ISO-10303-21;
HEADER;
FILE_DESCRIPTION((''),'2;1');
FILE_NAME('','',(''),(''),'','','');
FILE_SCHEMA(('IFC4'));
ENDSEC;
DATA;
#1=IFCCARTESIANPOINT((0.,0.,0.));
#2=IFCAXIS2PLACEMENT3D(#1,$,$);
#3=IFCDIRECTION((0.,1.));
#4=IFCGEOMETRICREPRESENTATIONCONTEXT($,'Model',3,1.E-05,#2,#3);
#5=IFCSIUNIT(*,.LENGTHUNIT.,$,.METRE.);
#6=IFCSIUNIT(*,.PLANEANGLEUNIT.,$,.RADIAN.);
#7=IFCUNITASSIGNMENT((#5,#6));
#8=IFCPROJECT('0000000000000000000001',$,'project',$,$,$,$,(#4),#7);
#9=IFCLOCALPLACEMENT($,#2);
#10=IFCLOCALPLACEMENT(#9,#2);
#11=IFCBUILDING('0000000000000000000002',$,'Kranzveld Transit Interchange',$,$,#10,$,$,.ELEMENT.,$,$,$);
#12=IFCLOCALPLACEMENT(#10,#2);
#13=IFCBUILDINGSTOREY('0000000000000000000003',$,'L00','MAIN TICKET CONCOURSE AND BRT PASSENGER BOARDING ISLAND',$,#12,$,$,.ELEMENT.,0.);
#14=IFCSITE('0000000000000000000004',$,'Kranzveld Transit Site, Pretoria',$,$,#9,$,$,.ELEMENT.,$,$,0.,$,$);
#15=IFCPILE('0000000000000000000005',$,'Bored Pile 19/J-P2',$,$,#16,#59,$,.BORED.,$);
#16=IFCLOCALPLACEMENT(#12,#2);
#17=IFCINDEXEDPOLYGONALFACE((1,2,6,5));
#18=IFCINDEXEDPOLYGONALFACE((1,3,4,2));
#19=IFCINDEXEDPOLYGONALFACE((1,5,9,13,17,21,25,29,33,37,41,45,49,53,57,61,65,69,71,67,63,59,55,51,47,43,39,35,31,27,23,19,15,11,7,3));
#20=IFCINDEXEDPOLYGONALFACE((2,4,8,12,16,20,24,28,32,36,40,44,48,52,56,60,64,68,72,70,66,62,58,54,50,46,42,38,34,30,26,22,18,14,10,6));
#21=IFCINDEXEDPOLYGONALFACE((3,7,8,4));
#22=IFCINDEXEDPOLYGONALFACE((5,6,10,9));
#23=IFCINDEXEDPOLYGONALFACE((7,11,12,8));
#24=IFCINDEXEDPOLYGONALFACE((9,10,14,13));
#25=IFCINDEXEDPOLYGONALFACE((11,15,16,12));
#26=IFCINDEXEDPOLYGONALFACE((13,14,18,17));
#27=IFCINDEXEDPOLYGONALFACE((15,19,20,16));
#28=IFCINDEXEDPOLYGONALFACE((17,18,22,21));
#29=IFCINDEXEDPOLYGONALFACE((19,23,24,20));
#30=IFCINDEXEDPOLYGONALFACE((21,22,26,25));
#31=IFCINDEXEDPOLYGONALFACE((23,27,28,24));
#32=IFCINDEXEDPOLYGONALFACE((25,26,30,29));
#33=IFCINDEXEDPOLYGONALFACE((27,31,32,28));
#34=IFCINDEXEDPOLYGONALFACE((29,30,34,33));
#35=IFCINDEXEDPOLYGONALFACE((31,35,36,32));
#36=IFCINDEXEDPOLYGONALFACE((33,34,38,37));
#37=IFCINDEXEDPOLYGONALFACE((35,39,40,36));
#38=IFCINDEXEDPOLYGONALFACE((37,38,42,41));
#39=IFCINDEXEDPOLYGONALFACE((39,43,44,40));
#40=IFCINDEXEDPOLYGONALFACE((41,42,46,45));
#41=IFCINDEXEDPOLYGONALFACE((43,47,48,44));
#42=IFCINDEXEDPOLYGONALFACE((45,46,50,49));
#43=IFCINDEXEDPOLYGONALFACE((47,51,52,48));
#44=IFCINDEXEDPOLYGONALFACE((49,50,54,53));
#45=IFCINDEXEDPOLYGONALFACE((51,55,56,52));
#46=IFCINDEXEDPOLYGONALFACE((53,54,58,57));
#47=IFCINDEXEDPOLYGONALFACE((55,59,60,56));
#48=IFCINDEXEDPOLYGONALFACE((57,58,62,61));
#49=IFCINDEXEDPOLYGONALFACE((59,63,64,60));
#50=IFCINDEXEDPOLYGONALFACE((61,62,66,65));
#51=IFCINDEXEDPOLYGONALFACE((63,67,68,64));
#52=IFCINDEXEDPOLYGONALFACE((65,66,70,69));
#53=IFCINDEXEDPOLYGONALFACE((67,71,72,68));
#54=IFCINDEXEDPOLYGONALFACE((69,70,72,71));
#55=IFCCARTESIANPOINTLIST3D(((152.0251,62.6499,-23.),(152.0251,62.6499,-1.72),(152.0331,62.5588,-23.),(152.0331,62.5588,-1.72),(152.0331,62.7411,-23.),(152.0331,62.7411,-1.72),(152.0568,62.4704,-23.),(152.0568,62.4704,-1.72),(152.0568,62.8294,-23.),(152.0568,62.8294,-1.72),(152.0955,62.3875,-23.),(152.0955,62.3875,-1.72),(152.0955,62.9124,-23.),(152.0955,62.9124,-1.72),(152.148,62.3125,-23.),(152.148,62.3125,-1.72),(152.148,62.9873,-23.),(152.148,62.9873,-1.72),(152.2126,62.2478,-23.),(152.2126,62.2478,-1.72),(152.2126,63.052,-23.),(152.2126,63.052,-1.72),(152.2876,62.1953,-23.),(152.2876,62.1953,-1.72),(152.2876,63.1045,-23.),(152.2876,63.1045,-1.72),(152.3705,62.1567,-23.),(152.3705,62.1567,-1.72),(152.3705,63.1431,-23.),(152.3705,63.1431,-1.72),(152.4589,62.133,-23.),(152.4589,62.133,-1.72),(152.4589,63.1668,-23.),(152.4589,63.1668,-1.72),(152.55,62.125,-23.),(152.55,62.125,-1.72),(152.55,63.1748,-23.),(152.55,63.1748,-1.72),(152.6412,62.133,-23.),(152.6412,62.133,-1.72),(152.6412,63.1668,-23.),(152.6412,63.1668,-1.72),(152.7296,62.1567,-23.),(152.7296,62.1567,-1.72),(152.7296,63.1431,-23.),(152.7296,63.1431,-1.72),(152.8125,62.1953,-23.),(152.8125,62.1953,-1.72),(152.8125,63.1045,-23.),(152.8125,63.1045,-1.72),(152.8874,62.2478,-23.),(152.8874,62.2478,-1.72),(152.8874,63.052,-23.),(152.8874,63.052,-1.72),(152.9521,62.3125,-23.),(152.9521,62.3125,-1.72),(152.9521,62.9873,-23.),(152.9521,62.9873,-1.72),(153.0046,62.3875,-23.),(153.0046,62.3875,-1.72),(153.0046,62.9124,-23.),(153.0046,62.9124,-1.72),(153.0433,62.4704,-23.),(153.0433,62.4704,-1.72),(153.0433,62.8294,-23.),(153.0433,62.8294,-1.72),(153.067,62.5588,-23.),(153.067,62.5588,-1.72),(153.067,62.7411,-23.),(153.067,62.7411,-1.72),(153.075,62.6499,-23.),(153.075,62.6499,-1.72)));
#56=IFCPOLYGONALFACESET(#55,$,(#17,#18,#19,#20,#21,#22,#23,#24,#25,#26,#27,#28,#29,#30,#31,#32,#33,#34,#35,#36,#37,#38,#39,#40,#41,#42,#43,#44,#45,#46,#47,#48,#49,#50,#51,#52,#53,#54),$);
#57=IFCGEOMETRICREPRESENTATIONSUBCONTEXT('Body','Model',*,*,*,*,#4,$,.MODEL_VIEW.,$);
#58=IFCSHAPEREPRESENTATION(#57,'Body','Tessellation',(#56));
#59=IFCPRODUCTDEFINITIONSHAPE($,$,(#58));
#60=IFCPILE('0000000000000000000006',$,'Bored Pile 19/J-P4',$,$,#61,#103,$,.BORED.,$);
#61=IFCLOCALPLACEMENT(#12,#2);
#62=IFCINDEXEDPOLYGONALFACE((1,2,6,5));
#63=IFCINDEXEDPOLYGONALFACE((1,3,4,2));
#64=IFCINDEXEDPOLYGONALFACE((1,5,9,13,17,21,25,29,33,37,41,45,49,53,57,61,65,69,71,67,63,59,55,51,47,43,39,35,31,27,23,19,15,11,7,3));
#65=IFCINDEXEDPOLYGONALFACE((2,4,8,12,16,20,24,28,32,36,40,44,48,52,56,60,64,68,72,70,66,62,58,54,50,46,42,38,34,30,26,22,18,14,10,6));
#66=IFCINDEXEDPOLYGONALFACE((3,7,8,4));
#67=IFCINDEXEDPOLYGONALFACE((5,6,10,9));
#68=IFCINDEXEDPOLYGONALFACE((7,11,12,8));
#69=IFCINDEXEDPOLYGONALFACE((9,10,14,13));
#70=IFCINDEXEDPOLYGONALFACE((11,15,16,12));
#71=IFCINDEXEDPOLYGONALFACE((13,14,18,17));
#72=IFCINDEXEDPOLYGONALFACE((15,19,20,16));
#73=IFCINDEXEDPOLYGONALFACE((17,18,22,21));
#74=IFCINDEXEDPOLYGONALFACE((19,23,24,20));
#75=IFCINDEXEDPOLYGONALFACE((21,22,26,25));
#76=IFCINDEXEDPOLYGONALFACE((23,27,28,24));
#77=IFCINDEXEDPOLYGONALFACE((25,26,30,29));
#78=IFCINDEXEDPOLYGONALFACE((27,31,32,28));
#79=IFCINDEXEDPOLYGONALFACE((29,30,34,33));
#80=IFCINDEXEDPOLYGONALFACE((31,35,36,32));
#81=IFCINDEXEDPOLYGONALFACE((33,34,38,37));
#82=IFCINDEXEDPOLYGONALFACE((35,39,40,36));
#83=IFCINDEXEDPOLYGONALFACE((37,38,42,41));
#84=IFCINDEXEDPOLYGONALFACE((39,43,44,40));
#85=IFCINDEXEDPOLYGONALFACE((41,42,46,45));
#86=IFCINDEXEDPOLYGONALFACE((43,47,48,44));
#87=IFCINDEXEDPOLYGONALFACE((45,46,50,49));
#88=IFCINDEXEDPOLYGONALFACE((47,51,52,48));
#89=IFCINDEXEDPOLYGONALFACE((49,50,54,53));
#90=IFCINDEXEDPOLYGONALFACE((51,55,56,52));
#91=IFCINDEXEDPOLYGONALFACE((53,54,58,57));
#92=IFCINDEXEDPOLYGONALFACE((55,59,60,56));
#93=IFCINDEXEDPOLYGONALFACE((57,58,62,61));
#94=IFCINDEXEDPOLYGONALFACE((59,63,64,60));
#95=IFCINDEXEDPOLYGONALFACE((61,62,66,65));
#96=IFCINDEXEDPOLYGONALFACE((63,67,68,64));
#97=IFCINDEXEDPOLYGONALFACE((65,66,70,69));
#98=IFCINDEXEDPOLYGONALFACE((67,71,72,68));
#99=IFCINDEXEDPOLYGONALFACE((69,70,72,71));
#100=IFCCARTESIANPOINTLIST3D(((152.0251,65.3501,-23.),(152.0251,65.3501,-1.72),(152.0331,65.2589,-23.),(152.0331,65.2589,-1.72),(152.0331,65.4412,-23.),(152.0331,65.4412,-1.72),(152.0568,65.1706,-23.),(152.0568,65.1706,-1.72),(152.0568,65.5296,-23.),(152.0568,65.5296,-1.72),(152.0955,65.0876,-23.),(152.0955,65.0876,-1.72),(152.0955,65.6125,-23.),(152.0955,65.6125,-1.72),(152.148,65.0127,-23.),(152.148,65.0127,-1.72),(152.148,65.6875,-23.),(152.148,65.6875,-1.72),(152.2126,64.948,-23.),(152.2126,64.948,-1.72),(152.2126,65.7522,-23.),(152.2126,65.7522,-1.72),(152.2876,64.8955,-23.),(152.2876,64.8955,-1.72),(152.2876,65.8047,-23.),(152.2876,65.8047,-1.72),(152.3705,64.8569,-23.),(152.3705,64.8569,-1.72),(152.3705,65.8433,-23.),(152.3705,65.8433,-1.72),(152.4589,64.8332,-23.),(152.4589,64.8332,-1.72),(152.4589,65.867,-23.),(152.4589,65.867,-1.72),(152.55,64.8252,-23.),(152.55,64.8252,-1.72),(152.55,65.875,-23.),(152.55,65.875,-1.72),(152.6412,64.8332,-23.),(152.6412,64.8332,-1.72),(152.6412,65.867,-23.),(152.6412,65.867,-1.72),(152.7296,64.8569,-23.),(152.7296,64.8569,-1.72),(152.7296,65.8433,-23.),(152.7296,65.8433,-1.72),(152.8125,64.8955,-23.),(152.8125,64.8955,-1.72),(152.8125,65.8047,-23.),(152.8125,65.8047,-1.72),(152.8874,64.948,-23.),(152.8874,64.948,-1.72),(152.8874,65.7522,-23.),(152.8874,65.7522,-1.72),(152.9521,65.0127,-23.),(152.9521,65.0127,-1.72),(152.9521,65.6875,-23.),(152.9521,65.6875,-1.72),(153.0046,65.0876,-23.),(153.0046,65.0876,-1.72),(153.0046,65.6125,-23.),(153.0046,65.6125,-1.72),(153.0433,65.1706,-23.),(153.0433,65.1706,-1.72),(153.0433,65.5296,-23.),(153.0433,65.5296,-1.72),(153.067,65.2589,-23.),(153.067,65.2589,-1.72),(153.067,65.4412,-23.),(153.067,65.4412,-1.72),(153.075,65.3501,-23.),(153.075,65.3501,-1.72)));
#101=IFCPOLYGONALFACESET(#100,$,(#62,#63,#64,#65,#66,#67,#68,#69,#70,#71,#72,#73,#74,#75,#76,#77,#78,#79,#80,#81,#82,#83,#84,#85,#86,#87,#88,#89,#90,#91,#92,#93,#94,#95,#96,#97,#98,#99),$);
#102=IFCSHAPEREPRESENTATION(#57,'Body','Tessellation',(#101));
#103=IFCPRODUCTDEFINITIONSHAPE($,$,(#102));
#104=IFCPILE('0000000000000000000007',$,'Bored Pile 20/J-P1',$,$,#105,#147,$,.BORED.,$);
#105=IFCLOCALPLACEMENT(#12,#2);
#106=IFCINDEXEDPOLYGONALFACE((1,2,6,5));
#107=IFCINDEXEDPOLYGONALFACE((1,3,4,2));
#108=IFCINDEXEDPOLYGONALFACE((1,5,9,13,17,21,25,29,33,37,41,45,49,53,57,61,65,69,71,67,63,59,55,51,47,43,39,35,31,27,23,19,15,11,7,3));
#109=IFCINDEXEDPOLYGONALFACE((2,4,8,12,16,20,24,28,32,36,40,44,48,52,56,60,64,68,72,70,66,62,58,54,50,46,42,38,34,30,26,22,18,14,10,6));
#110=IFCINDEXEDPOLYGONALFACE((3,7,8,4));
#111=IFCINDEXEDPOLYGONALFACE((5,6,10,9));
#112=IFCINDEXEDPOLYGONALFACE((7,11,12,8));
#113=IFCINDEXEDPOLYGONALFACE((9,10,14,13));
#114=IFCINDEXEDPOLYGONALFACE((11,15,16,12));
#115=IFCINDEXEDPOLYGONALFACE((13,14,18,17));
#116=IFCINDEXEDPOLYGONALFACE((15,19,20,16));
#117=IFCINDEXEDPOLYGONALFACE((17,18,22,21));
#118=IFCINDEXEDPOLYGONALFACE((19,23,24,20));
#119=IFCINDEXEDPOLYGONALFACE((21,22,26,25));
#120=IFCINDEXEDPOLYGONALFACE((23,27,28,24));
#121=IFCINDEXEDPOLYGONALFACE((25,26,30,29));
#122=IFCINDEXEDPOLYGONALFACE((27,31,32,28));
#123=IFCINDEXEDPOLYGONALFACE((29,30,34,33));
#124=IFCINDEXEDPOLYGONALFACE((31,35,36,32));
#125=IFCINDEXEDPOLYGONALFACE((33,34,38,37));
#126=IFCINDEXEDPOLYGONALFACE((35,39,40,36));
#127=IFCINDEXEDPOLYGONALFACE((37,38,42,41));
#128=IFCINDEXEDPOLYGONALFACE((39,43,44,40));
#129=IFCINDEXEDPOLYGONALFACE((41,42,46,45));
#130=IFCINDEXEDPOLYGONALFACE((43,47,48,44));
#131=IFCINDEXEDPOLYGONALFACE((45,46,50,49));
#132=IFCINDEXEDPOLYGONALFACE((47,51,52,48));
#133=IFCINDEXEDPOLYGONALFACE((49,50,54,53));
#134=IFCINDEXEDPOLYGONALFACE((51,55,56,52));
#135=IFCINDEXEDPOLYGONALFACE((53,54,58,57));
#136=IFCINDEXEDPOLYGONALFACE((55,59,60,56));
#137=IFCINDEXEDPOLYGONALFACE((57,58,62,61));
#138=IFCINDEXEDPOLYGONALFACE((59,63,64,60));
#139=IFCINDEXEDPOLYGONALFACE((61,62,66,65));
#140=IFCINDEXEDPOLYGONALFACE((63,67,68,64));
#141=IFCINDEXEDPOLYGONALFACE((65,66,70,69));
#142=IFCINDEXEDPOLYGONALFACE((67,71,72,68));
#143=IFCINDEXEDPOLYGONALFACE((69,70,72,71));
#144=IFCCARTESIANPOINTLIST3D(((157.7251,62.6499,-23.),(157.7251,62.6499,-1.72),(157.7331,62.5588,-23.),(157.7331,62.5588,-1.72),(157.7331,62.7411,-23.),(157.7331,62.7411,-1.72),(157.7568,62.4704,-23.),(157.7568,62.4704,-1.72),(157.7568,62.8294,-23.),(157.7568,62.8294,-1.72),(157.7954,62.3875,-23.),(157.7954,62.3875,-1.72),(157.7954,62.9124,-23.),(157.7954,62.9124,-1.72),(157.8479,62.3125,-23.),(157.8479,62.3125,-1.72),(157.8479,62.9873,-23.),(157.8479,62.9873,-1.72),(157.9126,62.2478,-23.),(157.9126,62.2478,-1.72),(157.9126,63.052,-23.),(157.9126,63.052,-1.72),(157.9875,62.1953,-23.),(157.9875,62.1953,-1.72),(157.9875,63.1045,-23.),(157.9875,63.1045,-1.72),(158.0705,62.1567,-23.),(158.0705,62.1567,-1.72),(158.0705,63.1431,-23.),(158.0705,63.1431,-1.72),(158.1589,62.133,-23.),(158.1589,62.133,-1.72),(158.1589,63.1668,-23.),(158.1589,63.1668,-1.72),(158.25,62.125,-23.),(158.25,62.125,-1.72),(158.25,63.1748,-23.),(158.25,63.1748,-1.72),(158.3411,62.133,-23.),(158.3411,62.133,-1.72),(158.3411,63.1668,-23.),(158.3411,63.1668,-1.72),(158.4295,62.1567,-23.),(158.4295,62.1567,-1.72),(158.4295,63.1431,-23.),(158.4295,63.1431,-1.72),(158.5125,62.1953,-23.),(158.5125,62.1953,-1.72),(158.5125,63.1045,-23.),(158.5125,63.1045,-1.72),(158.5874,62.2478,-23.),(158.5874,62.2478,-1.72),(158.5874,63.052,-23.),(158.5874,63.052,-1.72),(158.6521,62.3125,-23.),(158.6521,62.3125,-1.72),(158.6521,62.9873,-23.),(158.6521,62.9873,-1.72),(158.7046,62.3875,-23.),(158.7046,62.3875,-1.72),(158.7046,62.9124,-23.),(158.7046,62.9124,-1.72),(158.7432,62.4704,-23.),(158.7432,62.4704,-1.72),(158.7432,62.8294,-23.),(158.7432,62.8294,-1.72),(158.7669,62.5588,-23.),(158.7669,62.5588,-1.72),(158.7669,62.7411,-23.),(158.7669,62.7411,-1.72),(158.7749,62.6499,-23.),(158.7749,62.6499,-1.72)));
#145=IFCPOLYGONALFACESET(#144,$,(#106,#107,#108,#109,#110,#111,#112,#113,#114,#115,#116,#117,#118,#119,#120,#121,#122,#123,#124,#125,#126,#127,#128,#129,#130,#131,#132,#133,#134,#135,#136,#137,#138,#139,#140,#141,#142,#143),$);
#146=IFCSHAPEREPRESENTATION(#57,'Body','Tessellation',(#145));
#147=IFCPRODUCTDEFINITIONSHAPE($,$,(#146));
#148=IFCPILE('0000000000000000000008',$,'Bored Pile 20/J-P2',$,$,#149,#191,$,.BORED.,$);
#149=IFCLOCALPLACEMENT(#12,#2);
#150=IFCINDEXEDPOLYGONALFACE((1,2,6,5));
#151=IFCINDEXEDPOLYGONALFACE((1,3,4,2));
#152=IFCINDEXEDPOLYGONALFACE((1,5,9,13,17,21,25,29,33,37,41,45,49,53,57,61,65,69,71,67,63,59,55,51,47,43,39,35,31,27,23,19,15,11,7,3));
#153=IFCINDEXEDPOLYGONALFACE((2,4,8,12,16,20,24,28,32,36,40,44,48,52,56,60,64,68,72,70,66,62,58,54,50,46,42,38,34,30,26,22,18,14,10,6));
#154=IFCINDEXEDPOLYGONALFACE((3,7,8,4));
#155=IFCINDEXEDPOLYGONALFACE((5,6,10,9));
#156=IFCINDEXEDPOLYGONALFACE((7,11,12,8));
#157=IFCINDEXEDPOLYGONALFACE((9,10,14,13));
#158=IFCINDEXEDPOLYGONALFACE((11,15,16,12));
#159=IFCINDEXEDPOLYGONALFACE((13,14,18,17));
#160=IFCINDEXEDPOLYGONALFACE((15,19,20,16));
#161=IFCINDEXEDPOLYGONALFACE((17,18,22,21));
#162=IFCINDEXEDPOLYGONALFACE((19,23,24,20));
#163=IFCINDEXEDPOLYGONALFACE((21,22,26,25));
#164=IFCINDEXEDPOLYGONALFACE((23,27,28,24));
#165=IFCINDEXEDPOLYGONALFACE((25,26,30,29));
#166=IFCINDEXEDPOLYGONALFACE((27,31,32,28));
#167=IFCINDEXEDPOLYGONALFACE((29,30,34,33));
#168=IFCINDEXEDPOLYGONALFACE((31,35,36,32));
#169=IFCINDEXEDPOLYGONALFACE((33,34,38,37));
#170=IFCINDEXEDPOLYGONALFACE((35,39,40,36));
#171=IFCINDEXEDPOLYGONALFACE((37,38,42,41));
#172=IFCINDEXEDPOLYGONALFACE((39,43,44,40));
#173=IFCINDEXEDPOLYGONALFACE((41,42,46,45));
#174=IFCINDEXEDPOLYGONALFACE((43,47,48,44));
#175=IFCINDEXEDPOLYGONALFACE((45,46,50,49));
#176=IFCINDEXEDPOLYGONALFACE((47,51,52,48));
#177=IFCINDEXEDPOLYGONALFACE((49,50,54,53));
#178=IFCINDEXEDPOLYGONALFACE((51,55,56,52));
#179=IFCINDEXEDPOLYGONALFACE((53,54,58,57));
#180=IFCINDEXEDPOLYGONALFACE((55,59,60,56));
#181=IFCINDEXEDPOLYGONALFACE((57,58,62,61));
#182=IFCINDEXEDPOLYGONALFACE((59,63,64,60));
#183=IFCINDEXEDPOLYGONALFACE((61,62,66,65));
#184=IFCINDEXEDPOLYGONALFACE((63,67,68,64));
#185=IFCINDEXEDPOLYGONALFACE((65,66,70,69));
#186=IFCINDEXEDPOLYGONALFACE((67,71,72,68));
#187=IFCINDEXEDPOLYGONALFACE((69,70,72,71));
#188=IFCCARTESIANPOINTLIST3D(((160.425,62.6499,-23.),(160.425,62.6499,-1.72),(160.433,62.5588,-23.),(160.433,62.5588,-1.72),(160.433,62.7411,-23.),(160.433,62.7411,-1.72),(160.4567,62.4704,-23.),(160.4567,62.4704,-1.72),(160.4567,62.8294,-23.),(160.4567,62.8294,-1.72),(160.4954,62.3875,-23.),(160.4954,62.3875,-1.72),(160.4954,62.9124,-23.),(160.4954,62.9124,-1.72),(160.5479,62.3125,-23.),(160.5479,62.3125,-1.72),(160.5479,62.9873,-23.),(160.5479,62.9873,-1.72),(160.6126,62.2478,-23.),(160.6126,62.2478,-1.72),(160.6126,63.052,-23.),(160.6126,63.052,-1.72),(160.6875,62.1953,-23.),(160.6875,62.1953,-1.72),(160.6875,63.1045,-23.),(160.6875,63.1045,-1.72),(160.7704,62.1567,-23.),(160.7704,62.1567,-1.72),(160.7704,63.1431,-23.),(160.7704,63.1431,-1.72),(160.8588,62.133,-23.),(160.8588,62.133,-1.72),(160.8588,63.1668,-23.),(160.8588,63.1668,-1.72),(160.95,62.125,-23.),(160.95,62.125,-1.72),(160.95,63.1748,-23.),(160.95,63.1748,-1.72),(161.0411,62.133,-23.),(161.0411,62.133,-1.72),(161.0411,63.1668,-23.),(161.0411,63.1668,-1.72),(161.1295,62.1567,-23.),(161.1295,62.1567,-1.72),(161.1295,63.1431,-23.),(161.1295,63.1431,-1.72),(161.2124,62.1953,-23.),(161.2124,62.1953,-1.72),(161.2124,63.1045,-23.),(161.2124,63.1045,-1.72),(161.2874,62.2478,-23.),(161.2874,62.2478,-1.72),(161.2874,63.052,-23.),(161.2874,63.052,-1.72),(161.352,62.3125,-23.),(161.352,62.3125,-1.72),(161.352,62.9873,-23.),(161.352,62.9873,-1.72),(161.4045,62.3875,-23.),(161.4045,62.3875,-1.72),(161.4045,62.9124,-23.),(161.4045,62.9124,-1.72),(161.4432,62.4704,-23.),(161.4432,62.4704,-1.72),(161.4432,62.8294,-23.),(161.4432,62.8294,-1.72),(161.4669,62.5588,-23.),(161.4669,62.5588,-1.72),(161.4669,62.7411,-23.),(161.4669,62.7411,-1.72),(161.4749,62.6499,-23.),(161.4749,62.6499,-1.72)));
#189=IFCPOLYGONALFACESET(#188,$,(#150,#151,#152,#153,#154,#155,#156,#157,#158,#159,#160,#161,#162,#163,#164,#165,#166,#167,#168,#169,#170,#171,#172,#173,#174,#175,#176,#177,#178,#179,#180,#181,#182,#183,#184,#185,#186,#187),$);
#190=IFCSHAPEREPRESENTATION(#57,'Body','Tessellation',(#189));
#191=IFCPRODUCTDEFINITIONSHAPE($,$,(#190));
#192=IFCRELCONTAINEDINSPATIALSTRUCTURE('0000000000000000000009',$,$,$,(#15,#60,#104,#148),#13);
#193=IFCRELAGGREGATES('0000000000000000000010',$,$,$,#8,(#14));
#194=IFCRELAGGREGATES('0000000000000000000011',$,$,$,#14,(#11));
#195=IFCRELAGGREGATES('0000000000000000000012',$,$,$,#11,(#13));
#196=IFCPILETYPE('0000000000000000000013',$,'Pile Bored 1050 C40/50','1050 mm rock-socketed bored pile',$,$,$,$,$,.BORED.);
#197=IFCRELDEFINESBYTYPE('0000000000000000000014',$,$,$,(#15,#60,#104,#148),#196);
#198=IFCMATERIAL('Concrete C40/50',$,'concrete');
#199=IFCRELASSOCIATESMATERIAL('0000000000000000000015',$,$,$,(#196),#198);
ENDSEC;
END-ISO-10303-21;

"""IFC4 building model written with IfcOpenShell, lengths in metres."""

from ifc_helpers import new_model, si_unit, direction, frame, origin, origin_2d, place, context, subcontext, project, spatial, circle, extrude, material, material_profile, profile_set, type_object, element, save


model = new_model("IFC4")

# Units and contexts
model_context = context("Model", 3, precision=1e-05, world=origin(), true_north=direction((0.0, 1.0)))
body_context = subcontext(model_context, "Body", "Model", "MODEL_VIEW")
ifc_project = project(units=[si_unit("LENGTHUNIT", "METRE"), si_unit("PLANEANGLEUNIT", "RADIAN")], contexts=[model_context])

# Site, building, storey
site_placement = place(None, origin())
site = spatial("IfcSite", under=ifc_project, at=site_placement, Name="Kranzveld Transit Site, Pretoria", CompositionType="ELEMENT", RefElevation=0.0)
building_placement = place(site_placement, origin())
building = spatial("IfcBuilding", under=site, at=building_placement, Name="Kranzveld Transit Interchange", CompositionType="ELEMENT")
storey_placement = place(building_placement, origin())
storey = spatial("IfcBuildingStorey", under=building, at=storey_placement, Name="L00", Description="MAIN TICKET CONCOURSE AND BRT PASSENGER BOARDING ISLAND", CompositionType="ELEMENT", Elevation=0.0)

# Piles
ifc_material_1 = material(Name="Concrete C40/50", Category="concrete")
ifc_material_profile_1 = material_profile(ifc_material_1, circle(Radius=0.5249, at=origin_2d()), Name="BORED PILE 1050")
ifc_profile_set_1 = profile_set([ifc_material_profile_1], Name="Concrete C40/50")
pile_type = type_object("IfcPileType", Name="Pile Bored 1050 C40/50", Description="1050 mm rock-socketed bored pile", PredefinedType="BORED", material=ifc_profile_set_1)
for number, where, z_axis, x_axis, name in (
    (1, (152.55, 62.6499, -1.72), (0.0, 0.0, -1.0), (1.0, 0.0, 0.0), "Bored Pile 19/J-P2"),
    (2, (152.55, 65.3501, -1.72), (0.0, 0.0, -1.0), (1.0, 0.0, 0.0), "Bored Pile 19/J-P4"),
    (3, (158.25, 62.6499, -1.72), (0.0, 0.0, -1.0), (1.0, 0.0, 0.0), "Bored Pile 20/J-P1"),
    (4, (160.95, 62.6499, -1.72), (0.0, 0.0, -1.0), (1.0, 0.0, 0.0), "Bored Pile 20/J-P2"),
):
    element("IfcPile", number, at=place(storey_placement, frame(where, z_axis=z_axis, x_axis=x_axis)), inside=storey, type_object=pile_type, Name=name, PredefinedType="BORED", context=body_context, shape_type="SweptSolid", body=[
        extrude(circle(Radius=0.5249, at=origin_2d()), origin(), (0.0, 0.0, 1.0), 21.28),
    ])

save(model, "model.ifc")
